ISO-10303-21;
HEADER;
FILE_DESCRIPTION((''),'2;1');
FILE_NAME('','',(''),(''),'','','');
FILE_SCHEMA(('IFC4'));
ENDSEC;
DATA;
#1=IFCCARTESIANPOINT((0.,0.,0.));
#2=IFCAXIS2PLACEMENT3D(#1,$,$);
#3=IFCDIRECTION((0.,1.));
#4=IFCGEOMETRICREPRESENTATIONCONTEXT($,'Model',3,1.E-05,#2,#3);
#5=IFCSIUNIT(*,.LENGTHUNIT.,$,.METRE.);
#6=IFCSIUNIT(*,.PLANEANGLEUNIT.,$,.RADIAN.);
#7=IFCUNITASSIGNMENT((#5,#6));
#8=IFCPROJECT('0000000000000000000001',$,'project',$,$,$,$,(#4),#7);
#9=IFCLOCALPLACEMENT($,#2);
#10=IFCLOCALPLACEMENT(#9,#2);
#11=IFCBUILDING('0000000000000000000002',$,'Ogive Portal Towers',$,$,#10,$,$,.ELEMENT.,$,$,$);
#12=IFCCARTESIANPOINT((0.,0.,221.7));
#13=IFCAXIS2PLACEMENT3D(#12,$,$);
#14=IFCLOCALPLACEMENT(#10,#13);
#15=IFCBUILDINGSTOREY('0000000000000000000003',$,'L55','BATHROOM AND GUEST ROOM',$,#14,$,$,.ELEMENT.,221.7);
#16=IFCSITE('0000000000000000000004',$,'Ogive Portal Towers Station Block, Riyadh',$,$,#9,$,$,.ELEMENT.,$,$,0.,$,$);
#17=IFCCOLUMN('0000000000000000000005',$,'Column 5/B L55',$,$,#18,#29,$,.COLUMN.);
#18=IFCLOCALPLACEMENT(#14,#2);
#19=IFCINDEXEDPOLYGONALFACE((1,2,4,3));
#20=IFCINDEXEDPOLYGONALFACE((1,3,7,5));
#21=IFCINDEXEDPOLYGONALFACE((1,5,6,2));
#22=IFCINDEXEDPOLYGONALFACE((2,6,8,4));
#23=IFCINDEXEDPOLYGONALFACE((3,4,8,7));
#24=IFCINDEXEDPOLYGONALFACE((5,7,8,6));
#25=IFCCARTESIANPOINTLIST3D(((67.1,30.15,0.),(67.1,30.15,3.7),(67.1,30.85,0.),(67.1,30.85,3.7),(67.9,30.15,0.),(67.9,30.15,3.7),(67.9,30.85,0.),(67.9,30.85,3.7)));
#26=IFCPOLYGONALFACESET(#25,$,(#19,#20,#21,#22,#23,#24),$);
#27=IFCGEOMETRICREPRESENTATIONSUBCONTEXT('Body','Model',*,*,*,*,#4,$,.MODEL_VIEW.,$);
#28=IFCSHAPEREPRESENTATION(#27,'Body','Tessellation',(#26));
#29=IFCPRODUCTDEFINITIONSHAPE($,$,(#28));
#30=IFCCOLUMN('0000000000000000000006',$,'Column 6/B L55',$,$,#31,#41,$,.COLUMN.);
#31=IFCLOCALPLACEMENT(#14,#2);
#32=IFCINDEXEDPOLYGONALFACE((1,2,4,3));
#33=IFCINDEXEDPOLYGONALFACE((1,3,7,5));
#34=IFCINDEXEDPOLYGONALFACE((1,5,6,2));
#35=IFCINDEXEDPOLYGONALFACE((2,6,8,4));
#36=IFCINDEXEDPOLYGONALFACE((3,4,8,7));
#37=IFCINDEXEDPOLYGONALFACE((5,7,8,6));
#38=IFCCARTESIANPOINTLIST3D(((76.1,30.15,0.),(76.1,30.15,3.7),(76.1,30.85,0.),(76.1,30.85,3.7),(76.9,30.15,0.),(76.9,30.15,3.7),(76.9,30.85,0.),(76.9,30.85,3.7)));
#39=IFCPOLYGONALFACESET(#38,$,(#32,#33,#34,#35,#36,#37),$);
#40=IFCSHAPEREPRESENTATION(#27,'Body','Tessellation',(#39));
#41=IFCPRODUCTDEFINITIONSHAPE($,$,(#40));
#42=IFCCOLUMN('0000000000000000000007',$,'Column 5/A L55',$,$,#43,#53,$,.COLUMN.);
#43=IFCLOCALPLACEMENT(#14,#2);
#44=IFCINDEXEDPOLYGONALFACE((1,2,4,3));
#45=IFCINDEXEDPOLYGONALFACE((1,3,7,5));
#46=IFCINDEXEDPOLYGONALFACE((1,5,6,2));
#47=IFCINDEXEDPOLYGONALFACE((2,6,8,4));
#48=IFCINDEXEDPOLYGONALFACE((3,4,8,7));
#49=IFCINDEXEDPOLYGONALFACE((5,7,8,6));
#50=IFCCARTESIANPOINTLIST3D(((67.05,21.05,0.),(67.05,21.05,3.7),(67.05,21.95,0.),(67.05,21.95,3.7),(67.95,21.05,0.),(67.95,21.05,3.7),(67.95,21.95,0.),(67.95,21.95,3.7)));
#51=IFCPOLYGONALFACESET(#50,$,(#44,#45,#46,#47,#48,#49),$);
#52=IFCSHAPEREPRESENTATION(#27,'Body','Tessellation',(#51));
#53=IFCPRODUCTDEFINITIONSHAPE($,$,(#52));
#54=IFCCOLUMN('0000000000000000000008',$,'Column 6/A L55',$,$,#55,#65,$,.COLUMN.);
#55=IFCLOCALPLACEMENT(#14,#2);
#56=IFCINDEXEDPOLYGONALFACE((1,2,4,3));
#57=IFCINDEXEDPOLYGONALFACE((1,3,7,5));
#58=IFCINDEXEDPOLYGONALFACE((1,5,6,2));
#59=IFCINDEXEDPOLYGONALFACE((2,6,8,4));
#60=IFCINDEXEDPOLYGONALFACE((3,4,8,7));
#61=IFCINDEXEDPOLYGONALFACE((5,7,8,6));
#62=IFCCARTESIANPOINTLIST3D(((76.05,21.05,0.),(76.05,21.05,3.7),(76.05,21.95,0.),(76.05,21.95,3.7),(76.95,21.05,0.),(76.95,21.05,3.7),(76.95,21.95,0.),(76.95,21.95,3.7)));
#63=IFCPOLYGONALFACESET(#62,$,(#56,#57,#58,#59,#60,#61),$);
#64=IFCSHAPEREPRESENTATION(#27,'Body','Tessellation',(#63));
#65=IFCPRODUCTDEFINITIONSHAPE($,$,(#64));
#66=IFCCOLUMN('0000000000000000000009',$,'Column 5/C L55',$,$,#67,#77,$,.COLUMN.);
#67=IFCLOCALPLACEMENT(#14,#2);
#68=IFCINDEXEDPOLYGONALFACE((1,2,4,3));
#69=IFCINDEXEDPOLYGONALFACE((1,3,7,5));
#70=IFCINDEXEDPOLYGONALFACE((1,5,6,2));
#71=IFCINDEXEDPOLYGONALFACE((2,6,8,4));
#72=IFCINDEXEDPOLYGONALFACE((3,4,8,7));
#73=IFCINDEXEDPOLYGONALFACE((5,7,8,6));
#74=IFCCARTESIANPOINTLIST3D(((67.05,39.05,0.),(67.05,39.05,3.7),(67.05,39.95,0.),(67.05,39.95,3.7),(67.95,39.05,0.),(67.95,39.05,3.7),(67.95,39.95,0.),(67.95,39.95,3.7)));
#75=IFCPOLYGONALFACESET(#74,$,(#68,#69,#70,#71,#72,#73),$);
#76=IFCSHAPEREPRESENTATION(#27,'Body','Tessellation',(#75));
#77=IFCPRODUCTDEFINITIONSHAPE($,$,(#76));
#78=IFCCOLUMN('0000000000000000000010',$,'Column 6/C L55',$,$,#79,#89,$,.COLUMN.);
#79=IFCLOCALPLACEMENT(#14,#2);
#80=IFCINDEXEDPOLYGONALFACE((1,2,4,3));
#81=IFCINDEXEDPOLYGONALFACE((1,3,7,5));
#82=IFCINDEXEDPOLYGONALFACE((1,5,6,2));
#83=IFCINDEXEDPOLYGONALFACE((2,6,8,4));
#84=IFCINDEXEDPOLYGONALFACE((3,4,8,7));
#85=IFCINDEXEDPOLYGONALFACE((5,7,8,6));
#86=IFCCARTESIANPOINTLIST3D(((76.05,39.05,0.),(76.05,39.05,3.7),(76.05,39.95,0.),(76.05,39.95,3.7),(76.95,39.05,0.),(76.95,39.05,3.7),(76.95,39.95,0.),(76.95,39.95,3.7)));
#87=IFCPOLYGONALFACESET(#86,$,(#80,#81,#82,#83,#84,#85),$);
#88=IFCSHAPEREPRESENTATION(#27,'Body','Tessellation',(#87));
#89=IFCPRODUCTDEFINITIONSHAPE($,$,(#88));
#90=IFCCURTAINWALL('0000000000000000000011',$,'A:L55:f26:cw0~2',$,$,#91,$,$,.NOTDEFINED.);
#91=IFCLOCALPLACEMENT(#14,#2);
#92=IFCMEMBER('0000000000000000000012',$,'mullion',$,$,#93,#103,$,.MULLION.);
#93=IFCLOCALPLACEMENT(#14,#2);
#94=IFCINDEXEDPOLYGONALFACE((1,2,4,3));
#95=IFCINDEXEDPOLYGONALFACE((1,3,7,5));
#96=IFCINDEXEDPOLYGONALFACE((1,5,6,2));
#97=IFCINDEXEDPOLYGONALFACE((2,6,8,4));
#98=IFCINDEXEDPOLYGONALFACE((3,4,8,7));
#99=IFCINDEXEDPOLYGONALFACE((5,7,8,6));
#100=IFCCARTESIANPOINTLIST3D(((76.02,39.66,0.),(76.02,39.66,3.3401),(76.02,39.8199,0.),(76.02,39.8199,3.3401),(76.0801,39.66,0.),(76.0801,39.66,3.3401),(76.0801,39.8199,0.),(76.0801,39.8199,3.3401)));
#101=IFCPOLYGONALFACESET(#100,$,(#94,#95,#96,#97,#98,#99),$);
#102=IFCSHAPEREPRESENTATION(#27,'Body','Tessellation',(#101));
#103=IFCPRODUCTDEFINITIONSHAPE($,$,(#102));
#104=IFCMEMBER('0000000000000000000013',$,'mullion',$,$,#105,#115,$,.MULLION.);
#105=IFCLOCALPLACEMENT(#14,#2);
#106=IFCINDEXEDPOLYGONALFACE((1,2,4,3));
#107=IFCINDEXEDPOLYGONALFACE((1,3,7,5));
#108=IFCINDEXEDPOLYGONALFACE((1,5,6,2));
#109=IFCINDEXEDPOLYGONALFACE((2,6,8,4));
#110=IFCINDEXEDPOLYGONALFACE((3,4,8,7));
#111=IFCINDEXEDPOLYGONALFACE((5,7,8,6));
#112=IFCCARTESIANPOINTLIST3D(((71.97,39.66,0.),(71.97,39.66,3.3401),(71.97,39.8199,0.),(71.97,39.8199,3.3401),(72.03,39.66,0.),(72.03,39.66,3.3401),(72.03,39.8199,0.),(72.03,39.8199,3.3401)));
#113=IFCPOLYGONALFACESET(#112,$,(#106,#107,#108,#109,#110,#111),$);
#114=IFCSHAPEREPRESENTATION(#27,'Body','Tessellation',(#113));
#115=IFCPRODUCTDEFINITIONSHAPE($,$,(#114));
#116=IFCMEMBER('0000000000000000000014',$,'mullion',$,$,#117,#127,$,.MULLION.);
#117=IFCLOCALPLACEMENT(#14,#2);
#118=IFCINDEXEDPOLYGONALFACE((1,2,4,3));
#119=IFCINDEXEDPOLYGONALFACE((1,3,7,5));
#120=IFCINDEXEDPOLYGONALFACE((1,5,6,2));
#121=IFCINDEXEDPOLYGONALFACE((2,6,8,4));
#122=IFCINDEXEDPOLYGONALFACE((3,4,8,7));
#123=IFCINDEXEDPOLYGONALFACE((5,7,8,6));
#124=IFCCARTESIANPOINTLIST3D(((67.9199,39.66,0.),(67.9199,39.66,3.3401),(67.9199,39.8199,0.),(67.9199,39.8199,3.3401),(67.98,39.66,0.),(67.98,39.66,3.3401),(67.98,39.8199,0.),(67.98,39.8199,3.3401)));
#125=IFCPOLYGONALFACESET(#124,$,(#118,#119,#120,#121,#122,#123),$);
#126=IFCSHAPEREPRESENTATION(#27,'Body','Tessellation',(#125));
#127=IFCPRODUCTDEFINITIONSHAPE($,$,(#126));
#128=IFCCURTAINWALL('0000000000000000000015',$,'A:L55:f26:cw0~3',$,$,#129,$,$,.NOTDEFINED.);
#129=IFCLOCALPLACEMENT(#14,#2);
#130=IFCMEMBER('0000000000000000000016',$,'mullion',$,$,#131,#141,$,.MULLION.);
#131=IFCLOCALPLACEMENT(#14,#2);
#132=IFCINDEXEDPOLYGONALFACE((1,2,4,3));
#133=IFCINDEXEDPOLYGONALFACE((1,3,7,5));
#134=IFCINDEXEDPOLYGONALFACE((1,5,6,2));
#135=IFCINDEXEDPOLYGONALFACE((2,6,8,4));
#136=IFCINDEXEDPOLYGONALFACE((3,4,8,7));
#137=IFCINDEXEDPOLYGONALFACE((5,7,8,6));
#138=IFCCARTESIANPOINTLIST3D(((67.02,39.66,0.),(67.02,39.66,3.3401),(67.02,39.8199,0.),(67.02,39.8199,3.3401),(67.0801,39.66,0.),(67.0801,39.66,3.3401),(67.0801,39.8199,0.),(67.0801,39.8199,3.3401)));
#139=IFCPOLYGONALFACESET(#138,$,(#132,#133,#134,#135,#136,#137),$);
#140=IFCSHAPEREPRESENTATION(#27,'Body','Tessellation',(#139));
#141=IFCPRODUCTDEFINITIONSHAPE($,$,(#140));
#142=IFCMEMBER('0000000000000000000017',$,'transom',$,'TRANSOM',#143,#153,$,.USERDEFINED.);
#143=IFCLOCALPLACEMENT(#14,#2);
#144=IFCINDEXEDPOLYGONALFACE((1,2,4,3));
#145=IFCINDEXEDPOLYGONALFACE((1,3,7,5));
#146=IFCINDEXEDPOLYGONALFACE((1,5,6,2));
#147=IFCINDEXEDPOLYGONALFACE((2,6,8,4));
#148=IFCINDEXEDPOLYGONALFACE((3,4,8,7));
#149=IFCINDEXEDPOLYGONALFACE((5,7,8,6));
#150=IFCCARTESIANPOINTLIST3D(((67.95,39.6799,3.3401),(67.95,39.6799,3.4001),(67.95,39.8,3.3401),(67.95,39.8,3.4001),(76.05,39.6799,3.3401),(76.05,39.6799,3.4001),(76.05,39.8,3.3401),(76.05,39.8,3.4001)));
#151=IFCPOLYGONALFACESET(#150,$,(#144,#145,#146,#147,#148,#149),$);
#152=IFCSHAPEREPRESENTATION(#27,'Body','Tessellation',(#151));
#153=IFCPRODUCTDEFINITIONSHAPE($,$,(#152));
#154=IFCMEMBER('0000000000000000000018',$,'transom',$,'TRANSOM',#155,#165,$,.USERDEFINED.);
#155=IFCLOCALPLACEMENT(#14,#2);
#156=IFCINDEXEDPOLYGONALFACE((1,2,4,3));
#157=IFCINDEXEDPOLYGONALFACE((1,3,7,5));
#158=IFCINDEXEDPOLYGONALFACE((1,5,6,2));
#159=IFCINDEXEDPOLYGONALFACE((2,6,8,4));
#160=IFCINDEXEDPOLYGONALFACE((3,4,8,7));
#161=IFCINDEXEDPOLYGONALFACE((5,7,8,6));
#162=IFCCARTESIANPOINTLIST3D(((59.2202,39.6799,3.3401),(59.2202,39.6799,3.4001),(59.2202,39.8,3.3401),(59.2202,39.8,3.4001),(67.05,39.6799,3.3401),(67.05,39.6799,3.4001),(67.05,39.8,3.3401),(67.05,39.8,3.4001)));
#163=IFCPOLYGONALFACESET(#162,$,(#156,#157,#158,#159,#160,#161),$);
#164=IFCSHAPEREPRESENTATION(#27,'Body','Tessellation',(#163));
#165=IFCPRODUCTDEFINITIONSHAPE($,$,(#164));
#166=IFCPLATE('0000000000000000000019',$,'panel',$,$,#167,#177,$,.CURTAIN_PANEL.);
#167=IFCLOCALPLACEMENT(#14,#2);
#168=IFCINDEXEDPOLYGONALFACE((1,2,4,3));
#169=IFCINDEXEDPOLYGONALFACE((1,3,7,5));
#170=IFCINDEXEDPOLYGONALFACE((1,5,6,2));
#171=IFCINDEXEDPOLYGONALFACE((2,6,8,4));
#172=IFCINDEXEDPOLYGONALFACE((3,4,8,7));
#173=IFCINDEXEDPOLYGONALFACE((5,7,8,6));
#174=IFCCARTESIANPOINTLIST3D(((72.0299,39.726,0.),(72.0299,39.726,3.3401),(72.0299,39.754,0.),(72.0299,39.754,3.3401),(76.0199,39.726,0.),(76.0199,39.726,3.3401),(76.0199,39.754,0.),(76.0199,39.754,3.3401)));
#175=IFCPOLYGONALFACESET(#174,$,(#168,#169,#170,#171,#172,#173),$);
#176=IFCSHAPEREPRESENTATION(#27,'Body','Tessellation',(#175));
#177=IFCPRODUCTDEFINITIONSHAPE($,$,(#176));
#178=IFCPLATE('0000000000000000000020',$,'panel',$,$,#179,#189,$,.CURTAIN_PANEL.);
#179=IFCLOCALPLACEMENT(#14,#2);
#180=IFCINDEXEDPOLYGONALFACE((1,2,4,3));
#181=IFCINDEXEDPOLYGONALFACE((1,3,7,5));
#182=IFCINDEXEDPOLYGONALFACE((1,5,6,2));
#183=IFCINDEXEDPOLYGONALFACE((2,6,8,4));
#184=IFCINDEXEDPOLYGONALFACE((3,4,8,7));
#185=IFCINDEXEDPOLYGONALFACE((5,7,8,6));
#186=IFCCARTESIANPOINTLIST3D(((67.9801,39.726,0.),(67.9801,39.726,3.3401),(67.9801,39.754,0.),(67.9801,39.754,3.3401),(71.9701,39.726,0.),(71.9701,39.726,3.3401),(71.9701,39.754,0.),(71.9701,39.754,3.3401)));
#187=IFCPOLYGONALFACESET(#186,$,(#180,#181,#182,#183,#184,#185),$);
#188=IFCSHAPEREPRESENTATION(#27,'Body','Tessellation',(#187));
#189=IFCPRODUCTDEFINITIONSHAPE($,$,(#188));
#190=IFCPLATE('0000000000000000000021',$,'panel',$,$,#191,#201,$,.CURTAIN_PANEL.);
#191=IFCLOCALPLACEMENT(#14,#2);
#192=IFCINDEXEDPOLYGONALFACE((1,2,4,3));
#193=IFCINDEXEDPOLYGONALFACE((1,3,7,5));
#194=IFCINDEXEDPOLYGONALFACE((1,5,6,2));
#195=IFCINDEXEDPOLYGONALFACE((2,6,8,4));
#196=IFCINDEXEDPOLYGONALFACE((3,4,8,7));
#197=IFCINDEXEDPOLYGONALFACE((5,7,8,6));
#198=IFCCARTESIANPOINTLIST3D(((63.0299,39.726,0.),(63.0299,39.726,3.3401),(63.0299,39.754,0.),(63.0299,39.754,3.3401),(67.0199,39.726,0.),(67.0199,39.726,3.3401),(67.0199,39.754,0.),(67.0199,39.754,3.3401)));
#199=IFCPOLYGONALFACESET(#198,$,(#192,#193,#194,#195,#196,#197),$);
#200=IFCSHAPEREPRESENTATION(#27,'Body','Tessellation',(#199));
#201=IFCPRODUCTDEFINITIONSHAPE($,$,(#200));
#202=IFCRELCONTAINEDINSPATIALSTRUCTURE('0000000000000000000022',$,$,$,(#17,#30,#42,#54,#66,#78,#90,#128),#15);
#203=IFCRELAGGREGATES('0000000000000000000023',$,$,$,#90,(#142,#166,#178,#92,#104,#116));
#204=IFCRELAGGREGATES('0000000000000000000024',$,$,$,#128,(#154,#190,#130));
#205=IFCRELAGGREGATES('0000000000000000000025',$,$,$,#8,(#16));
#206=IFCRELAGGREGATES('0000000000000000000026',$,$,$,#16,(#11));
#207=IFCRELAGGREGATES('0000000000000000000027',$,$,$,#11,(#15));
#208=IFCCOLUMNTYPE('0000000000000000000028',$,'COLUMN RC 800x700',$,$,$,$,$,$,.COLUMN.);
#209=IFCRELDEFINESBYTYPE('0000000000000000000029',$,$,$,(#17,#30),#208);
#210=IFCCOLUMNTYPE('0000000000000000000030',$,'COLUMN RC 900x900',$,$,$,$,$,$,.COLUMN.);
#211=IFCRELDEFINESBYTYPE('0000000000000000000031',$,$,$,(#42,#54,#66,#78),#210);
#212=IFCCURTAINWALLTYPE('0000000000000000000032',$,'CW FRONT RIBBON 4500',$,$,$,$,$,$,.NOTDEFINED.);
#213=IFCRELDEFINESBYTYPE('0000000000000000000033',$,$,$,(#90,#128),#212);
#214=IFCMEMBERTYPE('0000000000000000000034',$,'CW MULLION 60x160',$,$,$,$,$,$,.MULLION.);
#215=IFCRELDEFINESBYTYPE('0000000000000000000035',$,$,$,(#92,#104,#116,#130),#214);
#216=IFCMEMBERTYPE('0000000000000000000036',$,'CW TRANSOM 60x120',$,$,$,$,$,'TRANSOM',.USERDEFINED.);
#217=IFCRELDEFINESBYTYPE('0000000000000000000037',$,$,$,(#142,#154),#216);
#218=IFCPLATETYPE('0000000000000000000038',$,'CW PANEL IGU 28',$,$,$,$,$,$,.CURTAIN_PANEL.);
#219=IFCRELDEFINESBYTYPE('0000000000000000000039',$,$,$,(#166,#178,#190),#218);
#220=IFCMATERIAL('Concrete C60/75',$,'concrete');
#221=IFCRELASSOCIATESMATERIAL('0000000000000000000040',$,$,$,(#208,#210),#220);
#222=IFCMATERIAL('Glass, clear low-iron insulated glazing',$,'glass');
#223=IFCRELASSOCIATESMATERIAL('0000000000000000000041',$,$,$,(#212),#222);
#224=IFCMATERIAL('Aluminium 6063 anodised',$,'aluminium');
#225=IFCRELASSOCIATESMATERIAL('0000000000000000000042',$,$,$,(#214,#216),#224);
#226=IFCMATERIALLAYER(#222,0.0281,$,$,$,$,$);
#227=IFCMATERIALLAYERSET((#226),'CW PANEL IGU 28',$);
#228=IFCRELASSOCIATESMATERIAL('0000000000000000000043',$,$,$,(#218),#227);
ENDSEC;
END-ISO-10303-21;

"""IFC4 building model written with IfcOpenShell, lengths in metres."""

from ifc_helpers import new_model, si_unit, direction, frame, origin, origin_2d, place, context, subcontext, project, spatial, rectangle, extrude, material, layer, layer_set, material_profile, profile_set, type_object, element, aggregate, save


model = new_model("IFC4")

# Units and contexts
model_context = context("Model", 3, precision=1e-05, world=origin(), true_north=direction((0.0, 1.0)))
body_context = subcontext(model_context, "Body", "Model", "MODEL_VIEW")
ifc_project = project(units=[si_unit("LENGTHUNIT", "METRE"), si_unit("PLANEANGLEUNIT", "RADIAN")], contexts=[model_context])

# Site, building, storey
site_placement = place(None, origin())
site = spatial("IfcSite", under=ifc_project, at=site_placement, Name="Ogive Portal Towers Station Block, Riyadh", CompositionType="ELEMENT", RefElevation=0.0)
building_placement = place(site_placement, origin())
building = spatial("IfcBuilding", under=site, at=building_placement, Name="Ogive Portal Towers", CompositionType="ELEMENT")
storey_placement = place(building_placement, frame((0.0, 0.0, 221.7)))
storey = spatial("IfcBuildingStorey", under=building, at=storey_placement, Name="L55", Description="BATHROOM AND GUEST ROOM", CompositionType="ELEMENT", Elevation=221.7)

# Columns
ifc_material_1 = material(Name="Concrete C60/75", Category="concrete")
ifc_material_profile_1 = material_profile(ifc_material_1, rectangle(XDim=0.8, YDim=0.7, at=origin_2d()), Name="RC 800x700")
ifc_profile_set_1 = profile_set([ifc_material_profile_1], Name="Concrete C60/75")
column_type_1 = type_object("IfcColumnType", Name="COLUMN RC 800x700", PredefinedType="COLUMN", material=ifc_profile_set_1)
for number, where, z_axis, x_axis, name in (
    (1, (67.5, 30.5, 0.0), (0.0, 0.0, 1.0), (1.0, 0.0, 0.0), "Column 5/B L55"),
    (2, (76.5, 30.5, 0.0), (0.0, 0.0, 1.0), (1.0, 0.0, 0.0), "Column 6/B L55"),
):
    element("IfcColumn", number, at=place(storey_placement, frame(where, z_axis=z_axis, x_axis=x_axis)), inside=storey, type_object=column_type_1, Name=name, PredefinedType="COLUMN", context=body_context, shape_type="SweptSolid", body=[
        extrude(rectangle(XDim=0.8, YDim=0.7, at=origin_2d()), origin(), (0.0, 0.0, 1.0), 3.7),
    ])
ifc_material_profile_2 = material_profile(ifc_material_1, rectangle(XDim=0.8999, YDim=0.8999, at=origin_2d()), Name="RC 900x900")
ifc_profile_set_2 = profile_set([ifc_material_profile_2], Name="Concrete C60/75")
column_type_2 = type_object("IfcColumnType", Name="COLUMN RC 900x900", PredefinedType="COLUMN", material=ifc_profile_set_2)
for number, where, z_axis, x_axis, name in (
    (3, (67.5, 21.5, 0.0), (0.0, 0.0, 1.0), (1.0, 0.0, 0.0), "Column 5/A L55"),
    (4, (76.5, 21.5, 0.0), (0.0, 0.0, 1.0), (1.0, 0.0, 0.0), "Column 6/A L55"),
    (5, (67.5, 39.5, 0.0), (0.0, 0.0, 1.0), (1.0, 0.0, 0.0), "Column 5/C L55"),
    (6, (76.5, 39.5, 0.0), (0.0, 0.0, 1.0), (1.0, 0.0, 0.0), "Column 6/C L55"),
):
    element("IfcColumn", number, at=place(storey_placement, frame(where, z_axis=z_axis, x_axis=x_axis)), inside=storey, type_object=column_type_2, Name=name, PredefinedType="COLUMN", context=body_context, shape_type="SweptSolid", body=[
        extrude(rectangle(XDim=0.8999, YDim=0.8999, at=origin_2d()), origin(), (0.0, 0.0, 1.0), 3.7),
    ])

# Curtain wall, members
ifc_material_2 = material(Name="Glass, clear low-iron insulated glazing", Category="glass")
curtain_wall_type = type_object("IfcCurtainWallType", Name="CW FRONT RIBBON 4500", PredefinedType="NOTDEFINED", material=ifc_material_2)
curtain_wall_1_placement = place(storey_placement, origin())
curtain_wall_1 = element("IfcCurtainWall", 7, at=curtain_wall_1_placement, inside=storey, type_object=curtain_wall_type, Name="A:L55:f26:cw0~2", PredefinedType="NOTDEFINED")
ifc_material_3 = material(Name="Aluminium 6063 anodised", Category="aluminium")
ifc_material_profile_3 = material_profile(ifc_material_3, rectangle(XDim=0.1599, YDim=0.0601, at=origin_2d()), Name="AL 60x160")
ifc_profile_set_3 = profile_set([ifc_material_profile_3], Name="Aluminium 6063 anodised")
member_type_1 = type_object("IfcMemberType", Name="CW MULLION 60x160", PredefinedType="MULLION", material=ifc_profile_set_3)
member_1_placement = place(storey_placement, frame((76.05, 39.74, 0.0), z_axis=(0.0, 0.0, 1.0), x_axis=(0.0, -1.0, 0.0)))
member_1 = element("IfcMember", 8, at=member_1_placement, type_object=member_type_1, Name="mullion", PredefinedType="MULLION", context=body_context, shape_type="SweptSolid", body=[
    extrude(rectangle(XDim=0.1599, YDim=0.0601, at=origin_2d()), origin(), (0.0, 0.0, 1.0), 3.3401),
])
member_2_placement = place(storey_placement, frame((72.0, 39.74, 0.0), z_axis=(0.0, 0.0, 1.0), x_axis=(0.0, -1.0, 0.0)))
member_2 = element("IfcMember", 9, at=member_2_placement, type_object=member_type_1, Name="mullion", PredefinedType="MULLION", context=body_context, shape_type="SweptSolid", body=[
    extrude(rectangle(XDim=0.1599, YDim=0.0601, at=origin_2d()), origin(), (0.0, 0.0, 1.0), 3.3401),
])
member_3_placement = place(storey_placement, frame((67.95, 39.74, 0.0), z_axis=(0.0, 0.0, 1.0), x_axis=(0.0, -1.0, 0.0)))
member_3 = element("IfcMember", 10, at=member_3_placement, type_object=member_type_1, Name="mullion", PredefinedType="MULLION", context=body_context, shape_type="SweptSolid", body=[
    extrude(rectangle(XDim=0.1599, YDim=0.0601, at=origin_2d()), origin(), (0.0, 0.0, 1.0), 3.3401),
])

# Curtain wall, member
curtain_wall_2_placement = place(storey_placement, origin())
curtain_wall_2 = element("IfcCurtainWall", 11, at=curtain_wall_2_placement, inside=storey, type_object=curtain_wall_type, Name="A:L55:f26:cw0~3", PredefinedType="NOTDEFINED")
member_4_placement = place(storey_placement, frame((67.05, 39.74, 0.0), z_axis=(0.0, 0.0, 1.0), x_axis=(0.0, -1.0, 0.0)))
member_4 = element("IfcMember", 12, at=member_4_placement, type_object=member_type_1, Name="mullion", PredefinedType="MULLION", context=body_context, shape_type="SweptSolid", body=[
    extrude(rectangle(XDim=0.1599, YDim=0.0601, at=origin_2d()), origin(), (0.0, 0.0, 1.0), 3.3401),
])

# Members
ifc_material_profile_4 = material_profile(ifc_material_3, rectangle(XDim=0.1201, YDim=0.0601, at=origin_2d()), Name="AL 120x60")
ifc_profile_set_4 = profile_set([ifc_material_profile_4], Name="Aluminium 6063 anodised")
member_type_2 = type_object("IfcMemberType", Name="CW TRANSOM 60x120", ElementType="TRANSOM", PredefinedType="USERDEFINED", material=ifc_profile_set_4)
member_5_placement = place(storey_placement, frame((76.05, 39.74, 3.3701), z_axis=(-1.0, 0.0, 0.0), x_axis=(0.0, -1.0, 0.0)))
member_5 = element("IfcMember", 13, at=member_5_placement, type_object=member_type_2, Name="transom", ObjectType="TRANSOM", PredefinedType="USERDEFINED", context=body_context, shape_type="SweptSolid", body=[
    extrude(rectangle(XDim=0.1201, YDim=0.0601, at=origin_2d()), origin(), (0.0, 0.0, 1.0), 8.1001),
])
member_6_placement = place(storey_placement, frame((67.05, 39.74, 3.3701), z_axis=(-1.0, 0.0, 0.0), x_axis=(0.0, -1.0, 0.0)))
member_6 = element("IfcMember", 14, at=member_6_placement, type_object=member_type_2, Name="transom", ObjectType="TRANSOM", PredefinedType="USERDEFINED", context=body_context, shape_type="SweptSolid", body=[
    extrude(rectangle(XDim=0.1201, YDim=0.0601, at=origin_2d()), origin(), (0.0, 0.0, 1.0), 7.8298),
])

# Plates
ifc_layer_1 = layer(ifc_material_2, 0.0281)
ifc_layer_set_1 = layer_set([ifc_layer_1], Name="CW PANEL IGU 28")
plate_type = type_object("IfcPlateType", Name="CW PANEL IGU 28", PredefinedType="CURTAIN_PANEL", material=ifc_layer_set_1)
plate_1_placement = place(storey_placement, frame((74.0249, 39.74, 0.0), z_axis=(0.0, 0.0, 1.0), x_axis=(-1.0, 0.0, 0.0)))
plate_1 = element("IfcPlate", 15, at=plate_1_placement, type_object=plate_type, Name="panel", PredefinedType="CURTAIN_PANEL", context=body_context, shape_type="SweptSolid", body=[
    extrude(rectangle(XDim=3.99, YDim=0.0281, at=origin_2d()), origin(), (0.0, 0.0, 1.0), 3.3401),
])
plate_2_placement = place(storey_placement, frame((69.9751, 39.74, 0.0), z_axis=(0.0, 0.0, 1.0), x_axis=(-1.0, 0.0, 0.0)))
plate_2 = element("IfcPlate", 16, at=plate_2_placement, type_object=plate_type, Name="panel", PredefinedType="CURTAIN_PANEL", context=body_context, shape_type="SweptSolid", body=[
    extrude(rectangle(XDim=3.99, YDim=0.0281, at=origin_2d()), origin(), (0.0, 0.0, 1.0), 3.3401),
])
aggregate(curtain_wall_1, [member_5, plate_1, plate_2, member_1, member_2, member_3])
plate_3_placement = place(storey_placement, frame((65.0249, 39.74, 0.0), z_axis=(0.0, 0.0, 1.0), x_axis=(-1.0, 0.0, 0.0)))
plate_3 = element("IfcPlate", 17, at=plate_3_placement, type_object=plate_type, Name="panel", PredefinedType="CURTAIN_PANEL", context=body_context, shape_type="SweptSolid", body=[
    extrude(rectangle(XDim=3.99, YDim=0.0281, at=origin_2d()), origin(), (0.0, 0.0, 1.0), 3.3401),
])
aggregate(curtain_wall_2, [member_6, plate_3, member_4])

save(model, "model.ifc")
